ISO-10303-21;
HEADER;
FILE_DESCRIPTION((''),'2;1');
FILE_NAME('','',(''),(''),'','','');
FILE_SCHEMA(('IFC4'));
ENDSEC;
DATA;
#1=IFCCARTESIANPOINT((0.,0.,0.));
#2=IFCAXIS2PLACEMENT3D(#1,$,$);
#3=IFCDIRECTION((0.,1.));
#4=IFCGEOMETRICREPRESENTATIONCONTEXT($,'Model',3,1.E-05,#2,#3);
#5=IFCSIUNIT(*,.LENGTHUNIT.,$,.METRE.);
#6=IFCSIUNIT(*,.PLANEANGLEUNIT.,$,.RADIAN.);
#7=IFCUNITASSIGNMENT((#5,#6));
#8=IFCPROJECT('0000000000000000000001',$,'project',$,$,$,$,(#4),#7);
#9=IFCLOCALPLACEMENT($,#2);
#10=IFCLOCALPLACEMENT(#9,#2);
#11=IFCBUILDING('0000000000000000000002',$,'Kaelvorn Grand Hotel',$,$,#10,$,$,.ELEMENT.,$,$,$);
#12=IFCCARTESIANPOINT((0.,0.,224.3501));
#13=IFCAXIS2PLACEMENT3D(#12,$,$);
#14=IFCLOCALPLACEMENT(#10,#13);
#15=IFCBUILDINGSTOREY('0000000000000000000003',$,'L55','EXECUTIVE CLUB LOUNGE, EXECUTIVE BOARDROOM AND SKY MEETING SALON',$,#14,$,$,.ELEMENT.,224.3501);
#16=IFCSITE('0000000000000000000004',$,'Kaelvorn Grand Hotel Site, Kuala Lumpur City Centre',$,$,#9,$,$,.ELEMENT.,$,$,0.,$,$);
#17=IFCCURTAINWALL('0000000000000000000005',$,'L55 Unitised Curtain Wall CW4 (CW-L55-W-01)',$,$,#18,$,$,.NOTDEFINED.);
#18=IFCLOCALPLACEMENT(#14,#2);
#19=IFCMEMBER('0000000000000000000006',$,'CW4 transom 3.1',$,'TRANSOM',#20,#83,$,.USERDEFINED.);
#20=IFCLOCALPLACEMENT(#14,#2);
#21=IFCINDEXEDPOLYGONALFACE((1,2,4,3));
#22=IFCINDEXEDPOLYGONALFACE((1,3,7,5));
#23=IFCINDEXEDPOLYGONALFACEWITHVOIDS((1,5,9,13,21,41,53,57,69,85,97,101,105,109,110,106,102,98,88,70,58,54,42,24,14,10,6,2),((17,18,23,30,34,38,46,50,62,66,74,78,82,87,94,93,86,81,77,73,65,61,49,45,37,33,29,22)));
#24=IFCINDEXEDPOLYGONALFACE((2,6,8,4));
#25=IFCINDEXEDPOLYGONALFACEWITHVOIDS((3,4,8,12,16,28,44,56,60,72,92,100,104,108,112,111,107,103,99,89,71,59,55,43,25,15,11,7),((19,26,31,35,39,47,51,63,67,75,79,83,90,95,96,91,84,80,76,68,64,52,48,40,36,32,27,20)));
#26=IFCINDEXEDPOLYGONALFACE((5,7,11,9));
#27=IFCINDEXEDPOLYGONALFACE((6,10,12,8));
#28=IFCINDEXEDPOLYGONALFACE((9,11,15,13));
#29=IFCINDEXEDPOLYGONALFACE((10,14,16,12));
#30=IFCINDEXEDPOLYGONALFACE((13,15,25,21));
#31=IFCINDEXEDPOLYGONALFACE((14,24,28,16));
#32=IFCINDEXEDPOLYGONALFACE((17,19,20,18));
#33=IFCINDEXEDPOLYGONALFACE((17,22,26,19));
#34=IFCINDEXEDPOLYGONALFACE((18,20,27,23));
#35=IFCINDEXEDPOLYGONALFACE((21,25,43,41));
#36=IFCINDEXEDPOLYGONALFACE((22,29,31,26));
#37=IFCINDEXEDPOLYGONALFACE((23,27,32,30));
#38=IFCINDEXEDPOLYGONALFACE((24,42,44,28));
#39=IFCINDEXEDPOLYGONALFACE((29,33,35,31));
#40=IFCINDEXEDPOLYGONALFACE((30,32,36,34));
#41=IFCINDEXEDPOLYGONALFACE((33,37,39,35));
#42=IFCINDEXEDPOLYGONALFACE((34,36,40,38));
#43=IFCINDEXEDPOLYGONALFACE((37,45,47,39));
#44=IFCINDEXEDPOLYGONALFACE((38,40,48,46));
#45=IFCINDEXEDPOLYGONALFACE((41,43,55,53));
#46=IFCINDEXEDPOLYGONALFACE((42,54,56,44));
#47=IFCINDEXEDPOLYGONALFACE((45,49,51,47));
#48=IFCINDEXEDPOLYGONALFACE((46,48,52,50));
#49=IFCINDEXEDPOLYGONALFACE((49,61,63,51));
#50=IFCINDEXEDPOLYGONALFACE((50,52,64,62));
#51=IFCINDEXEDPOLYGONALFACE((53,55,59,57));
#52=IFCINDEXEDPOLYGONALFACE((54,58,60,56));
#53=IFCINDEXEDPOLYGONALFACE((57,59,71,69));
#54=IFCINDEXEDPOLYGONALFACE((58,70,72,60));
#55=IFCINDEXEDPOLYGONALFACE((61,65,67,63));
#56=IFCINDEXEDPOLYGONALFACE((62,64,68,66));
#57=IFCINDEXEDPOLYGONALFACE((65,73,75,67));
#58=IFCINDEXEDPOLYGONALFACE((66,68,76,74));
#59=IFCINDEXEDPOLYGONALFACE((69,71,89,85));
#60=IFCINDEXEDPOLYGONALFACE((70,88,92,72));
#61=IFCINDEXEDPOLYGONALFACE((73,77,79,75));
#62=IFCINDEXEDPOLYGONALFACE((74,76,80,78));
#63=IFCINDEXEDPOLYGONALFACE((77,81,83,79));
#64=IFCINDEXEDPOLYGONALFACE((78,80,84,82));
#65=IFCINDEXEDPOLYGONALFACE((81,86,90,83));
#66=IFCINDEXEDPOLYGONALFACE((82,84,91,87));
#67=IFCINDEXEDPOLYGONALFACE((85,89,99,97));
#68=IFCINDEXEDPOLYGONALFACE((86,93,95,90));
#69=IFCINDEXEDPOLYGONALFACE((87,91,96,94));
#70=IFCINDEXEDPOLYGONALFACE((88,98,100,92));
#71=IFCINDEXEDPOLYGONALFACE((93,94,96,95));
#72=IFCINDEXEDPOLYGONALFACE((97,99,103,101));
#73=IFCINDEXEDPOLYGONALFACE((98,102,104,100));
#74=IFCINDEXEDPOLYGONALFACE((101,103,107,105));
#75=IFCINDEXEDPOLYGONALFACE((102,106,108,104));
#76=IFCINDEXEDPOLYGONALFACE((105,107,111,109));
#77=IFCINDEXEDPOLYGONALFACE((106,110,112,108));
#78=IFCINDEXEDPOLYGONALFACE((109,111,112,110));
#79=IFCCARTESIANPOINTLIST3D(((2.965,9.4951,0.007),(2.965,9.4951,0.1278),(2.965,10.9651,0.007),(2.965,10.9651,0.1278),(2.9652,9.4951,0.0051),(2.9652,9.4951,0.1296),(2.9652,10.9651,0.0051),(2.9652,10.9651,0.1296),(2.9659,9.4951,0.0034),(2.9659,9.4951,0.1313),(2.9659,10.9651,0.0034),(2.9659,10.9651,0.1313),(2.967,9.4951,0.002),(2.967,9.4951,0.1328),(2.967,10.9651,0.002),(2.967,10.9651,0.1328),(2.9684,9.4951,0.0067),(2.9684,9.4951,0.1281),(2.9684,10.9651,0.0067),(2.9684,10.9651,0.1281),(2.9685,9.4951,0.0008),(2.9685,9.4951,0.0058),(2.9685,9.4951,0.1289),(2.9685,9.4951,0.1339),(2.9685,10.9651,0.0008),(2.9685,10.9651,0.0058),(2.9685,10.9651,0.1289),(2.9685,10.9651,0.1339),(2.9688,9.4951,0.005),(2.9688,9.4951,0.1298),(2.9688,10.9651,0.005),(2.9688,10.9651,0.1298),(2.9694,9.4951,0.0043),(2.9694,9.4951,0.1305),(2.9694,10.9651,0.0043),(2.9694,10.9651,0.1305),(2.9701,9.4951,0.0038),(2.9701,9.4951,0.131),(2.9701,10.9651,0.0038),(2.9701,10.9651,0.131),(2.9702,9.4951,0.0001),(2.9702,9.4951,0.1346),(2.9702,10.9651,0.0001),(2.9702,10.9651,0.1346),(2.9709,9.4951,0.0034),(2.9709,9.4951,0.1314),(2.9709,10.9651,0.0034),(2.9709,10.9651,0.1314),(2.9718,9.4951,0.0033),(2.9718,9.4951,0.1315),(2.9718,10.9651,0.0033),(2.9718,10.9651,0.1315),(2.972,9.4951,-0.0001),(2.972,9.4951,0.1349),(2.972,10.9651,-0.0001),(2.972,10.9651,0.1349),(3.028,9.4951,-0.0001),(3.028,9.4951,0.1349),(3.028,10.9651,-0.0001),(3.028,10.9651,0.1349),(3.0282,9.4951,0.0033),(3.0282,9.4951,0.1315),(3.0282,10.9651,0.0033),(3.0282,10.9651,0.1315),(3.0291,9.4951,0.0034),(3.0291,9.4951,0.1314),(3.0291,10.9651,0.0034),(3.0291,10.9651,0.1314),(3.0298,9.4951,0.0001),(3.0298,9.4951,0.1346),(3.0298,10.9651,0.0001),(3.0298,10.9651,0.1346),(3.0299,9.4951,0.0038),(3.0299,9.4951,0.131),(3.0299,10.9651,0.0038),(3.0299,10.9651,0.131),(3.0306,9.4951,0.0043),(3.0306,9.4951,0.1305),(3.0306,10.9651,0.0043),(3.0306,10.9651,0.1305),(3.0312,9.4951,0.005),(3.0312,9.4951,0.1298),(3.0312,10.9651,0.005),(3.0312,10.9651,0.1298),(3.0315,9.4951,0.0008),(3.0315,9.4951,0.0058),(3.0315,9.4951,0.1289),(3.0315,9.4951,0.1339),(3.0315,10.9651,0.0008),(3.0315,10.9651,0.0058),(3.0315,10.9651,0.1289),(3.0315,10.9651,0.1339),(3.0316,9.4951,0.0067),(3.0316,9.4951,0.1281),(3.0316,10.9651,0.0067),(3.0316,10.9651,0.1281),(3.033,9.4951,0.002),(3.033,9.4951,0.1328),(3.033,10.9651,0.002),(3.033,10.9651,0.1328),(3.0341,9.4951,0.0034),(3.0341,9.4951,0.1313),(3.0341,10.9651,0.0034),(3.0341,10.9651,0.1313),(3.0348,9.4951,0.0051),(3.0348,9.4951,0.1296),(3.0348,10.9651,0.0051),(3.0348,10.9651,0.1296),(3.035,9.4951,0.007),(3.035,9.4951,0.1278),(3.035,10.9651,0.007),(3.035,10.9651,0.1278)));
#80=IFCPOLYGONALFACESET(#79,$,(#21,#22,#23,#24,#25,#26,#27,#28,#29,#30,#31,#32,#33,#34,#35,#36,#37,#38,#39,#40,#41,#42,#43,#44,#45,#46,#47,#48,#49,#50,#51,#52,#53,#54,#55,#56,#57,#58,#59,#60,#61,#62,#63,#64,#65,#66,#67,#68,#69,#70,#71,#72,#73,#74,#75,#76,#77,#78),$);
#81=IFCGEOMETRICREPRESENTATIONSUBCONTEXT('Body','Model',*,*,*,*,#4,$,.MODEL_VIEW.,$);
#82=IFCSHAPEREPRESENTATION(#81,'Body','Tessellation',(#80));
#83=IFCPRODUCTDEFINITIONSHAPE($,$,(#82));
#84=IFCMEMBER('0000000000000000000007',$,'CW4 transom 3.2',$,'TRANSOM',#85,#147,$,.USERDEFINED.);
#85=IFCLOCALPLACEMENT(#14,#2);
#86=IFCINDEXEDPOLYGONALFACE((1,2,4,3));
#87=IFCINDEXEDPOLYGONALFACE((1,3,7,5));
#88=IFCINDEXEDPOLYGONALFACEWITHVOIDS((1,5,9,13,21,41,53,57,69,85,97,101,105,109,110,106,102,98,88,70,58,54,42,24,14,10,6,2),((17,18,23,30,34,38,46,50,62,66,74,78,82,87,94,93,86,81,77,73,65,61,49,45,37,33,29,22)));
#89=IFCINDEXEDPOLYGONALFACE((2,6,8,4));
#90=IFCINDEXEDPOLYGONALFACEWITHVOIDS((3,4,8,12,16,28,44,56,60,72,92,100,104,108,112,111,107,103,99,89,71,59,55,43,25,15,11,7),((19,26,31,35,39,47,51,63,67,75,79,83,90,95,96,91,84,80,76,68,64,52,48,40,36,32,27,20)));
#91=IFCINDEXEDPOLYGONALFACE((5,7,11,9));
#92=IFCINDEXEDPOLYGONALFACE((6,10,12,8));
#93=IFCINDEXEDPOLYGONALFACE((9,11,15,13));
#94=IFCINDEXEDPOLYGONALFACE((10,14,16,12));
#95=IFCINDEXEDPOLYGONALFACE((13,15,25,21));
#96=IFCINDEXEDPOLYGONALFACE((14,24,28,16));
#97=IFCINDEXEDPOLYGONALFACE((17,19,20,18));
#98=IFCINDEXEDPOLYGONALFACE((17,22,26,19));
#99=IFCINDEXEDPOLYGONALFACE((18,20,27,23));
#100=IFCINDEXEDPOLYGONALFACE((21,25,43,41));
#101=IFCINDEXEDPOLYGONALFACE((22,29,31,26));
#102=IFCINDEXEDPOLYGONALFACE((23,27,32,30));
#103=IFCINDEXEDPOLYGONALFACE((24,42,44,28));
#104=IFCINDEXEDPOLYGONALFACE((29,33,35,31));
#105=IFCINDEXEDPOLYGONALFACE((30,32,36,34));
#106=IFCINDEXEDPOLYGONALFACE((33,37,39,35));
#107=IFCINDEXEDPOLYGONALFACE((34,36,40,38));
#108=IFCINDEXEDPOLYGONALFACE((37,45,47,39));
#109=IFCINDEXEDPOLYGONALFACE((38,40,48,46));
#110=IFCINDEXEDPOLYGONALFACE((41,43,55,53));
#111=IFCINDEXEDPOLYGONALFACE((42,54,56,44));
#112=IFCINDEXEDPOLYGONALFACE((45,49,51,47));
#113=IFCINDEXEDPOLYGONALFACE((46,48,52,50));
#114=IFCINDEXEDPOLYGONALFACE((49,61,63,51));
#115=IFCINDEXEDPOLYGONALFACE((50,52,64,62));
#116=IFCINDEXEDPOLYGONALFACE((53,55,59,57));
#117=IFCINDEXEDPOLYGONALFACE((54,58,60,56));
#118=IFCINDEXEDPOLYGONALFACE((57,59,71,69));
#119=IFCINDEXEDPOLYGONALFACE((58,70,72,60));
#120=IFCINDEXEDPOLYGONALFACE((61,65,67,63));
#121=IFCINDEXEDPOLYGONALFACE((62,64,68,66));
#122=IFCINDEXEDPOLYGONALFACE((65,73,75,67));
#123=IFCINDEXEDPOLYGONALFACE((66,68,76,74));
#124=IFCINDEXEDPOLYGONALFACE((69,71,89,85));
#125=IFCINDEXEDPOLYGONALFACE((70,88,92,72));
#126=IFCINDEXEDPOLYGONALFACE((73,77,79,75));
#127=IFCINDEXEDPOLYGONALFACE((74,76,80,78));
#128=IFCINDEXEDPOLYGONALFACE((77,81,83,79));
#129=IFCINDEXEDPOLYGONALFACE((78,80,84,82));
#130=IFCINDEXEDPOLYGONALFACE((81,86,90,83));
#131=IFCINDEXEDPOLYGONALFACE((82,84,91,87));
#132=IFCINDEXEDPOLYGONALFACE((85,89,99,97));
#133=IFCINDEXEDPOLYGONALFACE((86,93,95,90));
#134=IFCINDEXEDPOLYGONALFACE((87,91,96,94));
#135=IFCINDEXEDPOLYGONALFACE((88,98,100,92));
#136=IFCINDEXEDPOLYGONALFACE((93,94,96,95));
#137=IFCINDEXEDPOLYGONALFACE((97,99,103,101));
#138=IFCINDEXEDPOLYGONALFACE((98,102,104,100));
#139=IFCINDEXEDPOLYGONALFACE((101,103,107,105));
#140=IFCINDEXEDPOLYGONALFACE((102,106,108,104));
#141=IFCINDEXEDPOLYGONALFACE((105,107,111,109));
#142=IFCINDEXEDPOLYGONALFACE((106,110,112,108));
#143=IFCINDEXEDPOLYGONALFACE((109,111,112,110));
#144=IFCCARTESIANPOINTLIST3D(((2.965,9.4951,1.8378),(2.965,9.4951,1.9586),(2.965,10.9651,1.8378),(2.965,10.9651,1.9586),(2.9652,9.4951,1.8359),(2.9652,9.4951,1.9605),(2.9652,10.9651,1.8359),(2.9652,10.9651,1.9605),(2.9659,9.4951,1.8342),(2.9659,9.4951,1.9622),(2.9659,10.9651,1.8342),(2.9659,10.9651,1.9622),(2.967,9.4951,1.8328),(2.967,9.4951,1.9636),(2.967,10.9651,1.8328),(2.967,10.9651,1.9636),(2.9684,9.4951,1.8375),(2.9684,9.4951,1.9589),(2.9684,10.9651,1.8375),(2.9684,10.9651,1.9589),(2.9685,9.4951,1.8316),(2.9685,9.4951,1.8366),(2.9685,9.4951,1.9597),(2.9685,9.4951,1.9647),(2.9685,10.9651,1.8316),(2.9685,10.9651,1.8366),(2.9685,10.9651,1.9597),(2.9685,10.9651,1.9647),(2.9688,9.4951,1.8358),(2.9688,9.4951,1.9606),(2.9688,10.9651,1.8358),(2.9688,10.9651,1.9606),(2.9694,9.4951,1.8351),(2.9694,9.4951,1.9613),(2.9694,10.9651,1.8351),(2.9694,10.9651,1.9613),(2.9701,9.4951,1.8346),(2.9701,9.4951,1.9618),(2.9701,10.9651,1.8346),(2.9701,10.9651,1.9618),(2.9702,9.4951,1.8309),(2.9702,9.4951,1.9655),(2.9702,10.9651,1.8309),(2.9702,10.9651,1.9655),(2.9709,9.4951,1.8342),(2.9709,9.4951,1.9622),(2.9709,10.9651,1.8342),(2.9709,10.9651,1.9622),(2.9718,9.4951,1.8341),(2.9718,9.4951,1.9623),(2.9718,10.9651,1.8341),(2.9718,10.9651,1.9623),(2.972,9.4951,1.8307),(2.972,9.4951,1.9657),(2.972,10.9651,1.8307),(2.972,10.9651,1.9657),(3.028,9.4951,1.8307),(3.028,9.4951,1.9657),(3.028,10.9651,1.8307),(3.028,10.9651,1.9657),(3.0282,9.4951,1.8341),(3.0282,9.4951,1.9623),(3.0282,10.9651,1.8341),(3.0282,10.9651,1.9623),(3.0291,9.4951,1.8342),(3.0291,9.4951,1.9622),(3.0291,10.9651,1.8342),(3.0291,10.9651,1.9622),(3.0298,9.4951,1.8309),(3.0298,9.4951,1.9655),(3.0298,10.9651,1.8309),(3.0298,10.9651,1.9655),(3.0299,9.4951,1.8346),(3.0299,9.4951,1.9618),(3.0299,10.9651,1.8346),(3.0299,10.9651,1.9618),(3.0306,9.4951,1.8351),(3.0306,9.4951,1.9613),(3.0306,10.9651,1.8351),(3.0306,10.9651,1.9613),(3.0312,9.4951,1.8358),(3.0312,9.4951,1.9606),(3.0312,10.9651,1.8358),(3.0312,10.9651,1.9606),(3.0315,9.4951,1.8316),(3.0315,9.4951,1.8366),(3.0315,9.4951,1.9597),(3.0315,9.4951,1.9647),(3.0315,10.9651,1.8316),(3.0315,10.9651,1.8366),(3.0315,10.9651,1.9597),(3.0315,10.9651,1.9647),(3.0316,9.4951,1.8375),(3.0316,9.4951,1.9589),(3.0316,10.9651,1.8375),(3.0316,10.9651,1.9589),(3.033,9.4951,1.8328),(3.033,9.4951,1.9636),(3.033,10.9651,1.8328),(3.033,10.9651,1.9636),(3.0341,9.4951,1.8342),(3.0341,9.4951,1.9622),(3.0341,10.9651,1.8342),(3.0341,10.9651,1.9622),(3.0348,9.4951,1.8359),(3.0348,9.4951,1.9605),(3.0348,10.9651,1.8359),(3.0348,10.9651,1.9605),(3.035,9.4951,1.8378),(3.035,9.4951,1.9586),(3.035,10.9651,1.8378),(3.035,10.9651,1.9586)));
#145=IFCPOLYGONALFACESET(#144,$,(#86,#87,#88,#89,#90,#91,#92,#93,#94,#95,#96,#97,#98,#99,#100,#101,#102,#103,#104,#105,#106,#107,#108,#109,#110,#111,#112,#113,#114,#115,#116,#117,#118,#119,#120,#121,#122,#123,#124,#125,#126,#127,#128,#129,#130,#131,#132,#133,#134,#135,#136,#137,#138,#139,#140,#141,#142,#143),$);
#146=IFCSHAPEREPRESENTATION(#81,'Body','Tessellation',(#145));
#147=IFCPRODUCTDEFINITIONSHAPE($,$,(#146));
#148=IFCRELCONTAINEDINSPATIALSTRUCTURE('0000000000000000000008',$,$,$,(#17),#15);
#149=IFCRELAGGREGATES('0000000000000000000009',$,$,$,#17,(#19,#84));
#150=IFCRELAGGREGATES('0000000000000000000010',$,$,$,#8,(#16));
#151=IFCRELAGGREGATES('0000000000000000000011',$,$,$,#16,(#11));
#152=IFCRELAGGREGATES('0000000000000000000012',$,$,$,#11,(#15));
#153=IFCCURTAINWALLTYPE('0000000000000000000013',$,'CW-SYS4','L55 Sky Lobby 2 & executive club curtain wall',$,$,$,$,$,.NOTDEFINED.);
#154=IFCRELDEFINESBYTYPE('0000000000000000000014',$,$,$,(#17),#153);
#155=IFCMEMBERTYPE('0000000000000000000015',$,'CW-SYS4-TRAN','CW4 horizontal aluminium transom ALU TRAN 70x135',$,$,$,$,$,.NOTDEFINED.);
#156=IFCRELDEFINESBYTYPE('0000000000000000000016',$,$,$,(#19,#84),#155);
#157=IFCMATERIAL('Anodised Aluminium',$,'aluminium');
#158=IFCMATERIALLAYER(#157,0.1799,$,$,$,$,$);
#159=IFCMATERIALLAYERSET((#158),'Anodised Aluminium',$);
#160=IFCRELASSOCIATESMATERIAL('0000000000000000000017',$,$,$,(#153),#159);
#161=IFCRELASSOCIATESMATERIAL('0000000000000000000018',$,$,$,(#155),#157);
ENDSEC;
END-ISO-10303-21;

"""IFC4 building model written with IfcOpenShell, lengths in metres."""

from ifc_helpers import new_model, si_unit, direction, frame, origin, origin_2d, place, context, subcontext, project, spatial, hollow_rectangle, extrude, material, layer, layer_set, material_profile, profile_set, type_object, element, aggregate, save


model = new_model("IFC4")

# Units and contexts
model_context = context("Model", 3, precision=1e-05, world=origin(), true_north=direction((0.0, 1.0)))
body_context = subcontext(model_context, "Body", "Model", "MODEL_VIEW")
ifc_project = project(units=[si_unit("LENGTHUNIT", "METRE"), si_unit("PLANEANGLEUNIT", "RADIAN")], contexts=[model_context])

# Site, building, storey
site_placement = place(None, origin())
site = spatial("IfcSite", under=ifc_project, at=site_placement, Name="Kaelvorn Grand Hotel Site, Kuala Lumpur City Centre", CompositionType="ELEMENT", RefElevation=0.0)
building_placement = place(site_placement, origin())
building = spatial("IfcBuilding", under=site, at=building_placement, Name="Kaelvorn Grand Hotel", CompositionType="ELEMENT")
storey_placement = place(building_placement, frame((0.0, 0.0, 224.3501)))
storey = spatial("IfcBuildingStorey", under=building, at=storey_placement, Name="L55", Description="EXECUTIVE CLUB LOUNGE, EXECUTIVE BOARDROOM AND SKY MEETING SALON", CompositionType="ELEMENT", Elevation=224.3501)

# Curtain wall, members
ifc_material_1 = material(Name="Anodised Aluminium", Category="aluminium")
ifc_layer_1 = layer(ifc_material_1, 0.1799)
ifc_layer_set_1 = layer_set([ifc_layer_1], Name="Anodised Aluminium")
curtain_wall_type = type_object("IfcCurtainWallType", Name="CW-SYS4", Description="L55 Sky Lobby 2 & executive club curtain wall", PredefinedType="NOTDEFINED", material=ifc_layer_set_1)
curtain_wall_placement = place(storey_placement, origin())
curtain_wall = element("IfcCurtainWall", 1, at=curtain_wall_placement, inside=storey, type_object=curtain_wall_type, Name="L55 Unitised Curtain Wall CW4 (CW-L55-W-01)", PredefinedType="NOTDEFINED")
ifc_material_profile_1 = material_profile(ifc_material_1, hollow_rectangle(XDim=0.0701, YDim=0.135, WallThickness=0.0034, InnerFilletRadius=0.0034, OuterFilletRadius=0.0071, at=origin_2d()), Name="ALU TRAN 70x135")
ifc_profile_set_1 = profile_set([ifc_material_profile_1], Name="Anodised Aluminium")
member_type_1 = type_object("IfcMemberType", Name="CW-SYS4-TRAN", Description="CW4 horizontal aluminium transom ALU TRAN 70x135", PredefinedType="NOTDEFINED", material=ifc_profile_set_1)
member_1_placement = place(storey_placement, frame((3.0, 10.9651, 0.0674), z_axis=(0.0, -1.0, 0.0), x_axis=(1.0, 0.0, 0.0)))
member_1 = element("IfcMember", 2, at=member_1_placement, type_object=member_type_1, Name="CW4 transom 3.1", ObjectType="TRANSOM", PredefinedType="USERDEFINED", context=body_context, shape_type="SweptSolid", body=[
    extrude(hollow_rectangle(XDim=0.0701, YDim=0.135, WallThickness=0.0034, InnerFilletRadius=0.0034, OuterFilletRadius=0.0071, at=origin_2d()), origin(), (0.0, 0.0, 1.0), 1.47),
])
member_2_placement = place(storey_placement, frame((3.0, 10.9651, 1.8982), z_axis=(0.0, -1.0, 0.0), x_axis=(1.0, 0.0, 0.0)))
member_2 = element("IfcMember", 3, at=member_2_placement, type_object=member_type_1, Name="CW4 transom 3.2", ObjectType="TRANSOM", PredefinedType="USERDEFINED", context=body_context, shape_type="SweptSolid", body=[
    extrude(hollow_rectangle(XDim=0.0701, YDim=0.135, WallThickness=0.0034, InnerFilletRadius=0.0034, OuterFilletRadius=0.0071, at=origin_2d()), origin(), (0.0, 0.0, 1.0), 1.47),
])
aggregate(curtain_wall, [member_1, member_2])

save(model, "model.ifc")
